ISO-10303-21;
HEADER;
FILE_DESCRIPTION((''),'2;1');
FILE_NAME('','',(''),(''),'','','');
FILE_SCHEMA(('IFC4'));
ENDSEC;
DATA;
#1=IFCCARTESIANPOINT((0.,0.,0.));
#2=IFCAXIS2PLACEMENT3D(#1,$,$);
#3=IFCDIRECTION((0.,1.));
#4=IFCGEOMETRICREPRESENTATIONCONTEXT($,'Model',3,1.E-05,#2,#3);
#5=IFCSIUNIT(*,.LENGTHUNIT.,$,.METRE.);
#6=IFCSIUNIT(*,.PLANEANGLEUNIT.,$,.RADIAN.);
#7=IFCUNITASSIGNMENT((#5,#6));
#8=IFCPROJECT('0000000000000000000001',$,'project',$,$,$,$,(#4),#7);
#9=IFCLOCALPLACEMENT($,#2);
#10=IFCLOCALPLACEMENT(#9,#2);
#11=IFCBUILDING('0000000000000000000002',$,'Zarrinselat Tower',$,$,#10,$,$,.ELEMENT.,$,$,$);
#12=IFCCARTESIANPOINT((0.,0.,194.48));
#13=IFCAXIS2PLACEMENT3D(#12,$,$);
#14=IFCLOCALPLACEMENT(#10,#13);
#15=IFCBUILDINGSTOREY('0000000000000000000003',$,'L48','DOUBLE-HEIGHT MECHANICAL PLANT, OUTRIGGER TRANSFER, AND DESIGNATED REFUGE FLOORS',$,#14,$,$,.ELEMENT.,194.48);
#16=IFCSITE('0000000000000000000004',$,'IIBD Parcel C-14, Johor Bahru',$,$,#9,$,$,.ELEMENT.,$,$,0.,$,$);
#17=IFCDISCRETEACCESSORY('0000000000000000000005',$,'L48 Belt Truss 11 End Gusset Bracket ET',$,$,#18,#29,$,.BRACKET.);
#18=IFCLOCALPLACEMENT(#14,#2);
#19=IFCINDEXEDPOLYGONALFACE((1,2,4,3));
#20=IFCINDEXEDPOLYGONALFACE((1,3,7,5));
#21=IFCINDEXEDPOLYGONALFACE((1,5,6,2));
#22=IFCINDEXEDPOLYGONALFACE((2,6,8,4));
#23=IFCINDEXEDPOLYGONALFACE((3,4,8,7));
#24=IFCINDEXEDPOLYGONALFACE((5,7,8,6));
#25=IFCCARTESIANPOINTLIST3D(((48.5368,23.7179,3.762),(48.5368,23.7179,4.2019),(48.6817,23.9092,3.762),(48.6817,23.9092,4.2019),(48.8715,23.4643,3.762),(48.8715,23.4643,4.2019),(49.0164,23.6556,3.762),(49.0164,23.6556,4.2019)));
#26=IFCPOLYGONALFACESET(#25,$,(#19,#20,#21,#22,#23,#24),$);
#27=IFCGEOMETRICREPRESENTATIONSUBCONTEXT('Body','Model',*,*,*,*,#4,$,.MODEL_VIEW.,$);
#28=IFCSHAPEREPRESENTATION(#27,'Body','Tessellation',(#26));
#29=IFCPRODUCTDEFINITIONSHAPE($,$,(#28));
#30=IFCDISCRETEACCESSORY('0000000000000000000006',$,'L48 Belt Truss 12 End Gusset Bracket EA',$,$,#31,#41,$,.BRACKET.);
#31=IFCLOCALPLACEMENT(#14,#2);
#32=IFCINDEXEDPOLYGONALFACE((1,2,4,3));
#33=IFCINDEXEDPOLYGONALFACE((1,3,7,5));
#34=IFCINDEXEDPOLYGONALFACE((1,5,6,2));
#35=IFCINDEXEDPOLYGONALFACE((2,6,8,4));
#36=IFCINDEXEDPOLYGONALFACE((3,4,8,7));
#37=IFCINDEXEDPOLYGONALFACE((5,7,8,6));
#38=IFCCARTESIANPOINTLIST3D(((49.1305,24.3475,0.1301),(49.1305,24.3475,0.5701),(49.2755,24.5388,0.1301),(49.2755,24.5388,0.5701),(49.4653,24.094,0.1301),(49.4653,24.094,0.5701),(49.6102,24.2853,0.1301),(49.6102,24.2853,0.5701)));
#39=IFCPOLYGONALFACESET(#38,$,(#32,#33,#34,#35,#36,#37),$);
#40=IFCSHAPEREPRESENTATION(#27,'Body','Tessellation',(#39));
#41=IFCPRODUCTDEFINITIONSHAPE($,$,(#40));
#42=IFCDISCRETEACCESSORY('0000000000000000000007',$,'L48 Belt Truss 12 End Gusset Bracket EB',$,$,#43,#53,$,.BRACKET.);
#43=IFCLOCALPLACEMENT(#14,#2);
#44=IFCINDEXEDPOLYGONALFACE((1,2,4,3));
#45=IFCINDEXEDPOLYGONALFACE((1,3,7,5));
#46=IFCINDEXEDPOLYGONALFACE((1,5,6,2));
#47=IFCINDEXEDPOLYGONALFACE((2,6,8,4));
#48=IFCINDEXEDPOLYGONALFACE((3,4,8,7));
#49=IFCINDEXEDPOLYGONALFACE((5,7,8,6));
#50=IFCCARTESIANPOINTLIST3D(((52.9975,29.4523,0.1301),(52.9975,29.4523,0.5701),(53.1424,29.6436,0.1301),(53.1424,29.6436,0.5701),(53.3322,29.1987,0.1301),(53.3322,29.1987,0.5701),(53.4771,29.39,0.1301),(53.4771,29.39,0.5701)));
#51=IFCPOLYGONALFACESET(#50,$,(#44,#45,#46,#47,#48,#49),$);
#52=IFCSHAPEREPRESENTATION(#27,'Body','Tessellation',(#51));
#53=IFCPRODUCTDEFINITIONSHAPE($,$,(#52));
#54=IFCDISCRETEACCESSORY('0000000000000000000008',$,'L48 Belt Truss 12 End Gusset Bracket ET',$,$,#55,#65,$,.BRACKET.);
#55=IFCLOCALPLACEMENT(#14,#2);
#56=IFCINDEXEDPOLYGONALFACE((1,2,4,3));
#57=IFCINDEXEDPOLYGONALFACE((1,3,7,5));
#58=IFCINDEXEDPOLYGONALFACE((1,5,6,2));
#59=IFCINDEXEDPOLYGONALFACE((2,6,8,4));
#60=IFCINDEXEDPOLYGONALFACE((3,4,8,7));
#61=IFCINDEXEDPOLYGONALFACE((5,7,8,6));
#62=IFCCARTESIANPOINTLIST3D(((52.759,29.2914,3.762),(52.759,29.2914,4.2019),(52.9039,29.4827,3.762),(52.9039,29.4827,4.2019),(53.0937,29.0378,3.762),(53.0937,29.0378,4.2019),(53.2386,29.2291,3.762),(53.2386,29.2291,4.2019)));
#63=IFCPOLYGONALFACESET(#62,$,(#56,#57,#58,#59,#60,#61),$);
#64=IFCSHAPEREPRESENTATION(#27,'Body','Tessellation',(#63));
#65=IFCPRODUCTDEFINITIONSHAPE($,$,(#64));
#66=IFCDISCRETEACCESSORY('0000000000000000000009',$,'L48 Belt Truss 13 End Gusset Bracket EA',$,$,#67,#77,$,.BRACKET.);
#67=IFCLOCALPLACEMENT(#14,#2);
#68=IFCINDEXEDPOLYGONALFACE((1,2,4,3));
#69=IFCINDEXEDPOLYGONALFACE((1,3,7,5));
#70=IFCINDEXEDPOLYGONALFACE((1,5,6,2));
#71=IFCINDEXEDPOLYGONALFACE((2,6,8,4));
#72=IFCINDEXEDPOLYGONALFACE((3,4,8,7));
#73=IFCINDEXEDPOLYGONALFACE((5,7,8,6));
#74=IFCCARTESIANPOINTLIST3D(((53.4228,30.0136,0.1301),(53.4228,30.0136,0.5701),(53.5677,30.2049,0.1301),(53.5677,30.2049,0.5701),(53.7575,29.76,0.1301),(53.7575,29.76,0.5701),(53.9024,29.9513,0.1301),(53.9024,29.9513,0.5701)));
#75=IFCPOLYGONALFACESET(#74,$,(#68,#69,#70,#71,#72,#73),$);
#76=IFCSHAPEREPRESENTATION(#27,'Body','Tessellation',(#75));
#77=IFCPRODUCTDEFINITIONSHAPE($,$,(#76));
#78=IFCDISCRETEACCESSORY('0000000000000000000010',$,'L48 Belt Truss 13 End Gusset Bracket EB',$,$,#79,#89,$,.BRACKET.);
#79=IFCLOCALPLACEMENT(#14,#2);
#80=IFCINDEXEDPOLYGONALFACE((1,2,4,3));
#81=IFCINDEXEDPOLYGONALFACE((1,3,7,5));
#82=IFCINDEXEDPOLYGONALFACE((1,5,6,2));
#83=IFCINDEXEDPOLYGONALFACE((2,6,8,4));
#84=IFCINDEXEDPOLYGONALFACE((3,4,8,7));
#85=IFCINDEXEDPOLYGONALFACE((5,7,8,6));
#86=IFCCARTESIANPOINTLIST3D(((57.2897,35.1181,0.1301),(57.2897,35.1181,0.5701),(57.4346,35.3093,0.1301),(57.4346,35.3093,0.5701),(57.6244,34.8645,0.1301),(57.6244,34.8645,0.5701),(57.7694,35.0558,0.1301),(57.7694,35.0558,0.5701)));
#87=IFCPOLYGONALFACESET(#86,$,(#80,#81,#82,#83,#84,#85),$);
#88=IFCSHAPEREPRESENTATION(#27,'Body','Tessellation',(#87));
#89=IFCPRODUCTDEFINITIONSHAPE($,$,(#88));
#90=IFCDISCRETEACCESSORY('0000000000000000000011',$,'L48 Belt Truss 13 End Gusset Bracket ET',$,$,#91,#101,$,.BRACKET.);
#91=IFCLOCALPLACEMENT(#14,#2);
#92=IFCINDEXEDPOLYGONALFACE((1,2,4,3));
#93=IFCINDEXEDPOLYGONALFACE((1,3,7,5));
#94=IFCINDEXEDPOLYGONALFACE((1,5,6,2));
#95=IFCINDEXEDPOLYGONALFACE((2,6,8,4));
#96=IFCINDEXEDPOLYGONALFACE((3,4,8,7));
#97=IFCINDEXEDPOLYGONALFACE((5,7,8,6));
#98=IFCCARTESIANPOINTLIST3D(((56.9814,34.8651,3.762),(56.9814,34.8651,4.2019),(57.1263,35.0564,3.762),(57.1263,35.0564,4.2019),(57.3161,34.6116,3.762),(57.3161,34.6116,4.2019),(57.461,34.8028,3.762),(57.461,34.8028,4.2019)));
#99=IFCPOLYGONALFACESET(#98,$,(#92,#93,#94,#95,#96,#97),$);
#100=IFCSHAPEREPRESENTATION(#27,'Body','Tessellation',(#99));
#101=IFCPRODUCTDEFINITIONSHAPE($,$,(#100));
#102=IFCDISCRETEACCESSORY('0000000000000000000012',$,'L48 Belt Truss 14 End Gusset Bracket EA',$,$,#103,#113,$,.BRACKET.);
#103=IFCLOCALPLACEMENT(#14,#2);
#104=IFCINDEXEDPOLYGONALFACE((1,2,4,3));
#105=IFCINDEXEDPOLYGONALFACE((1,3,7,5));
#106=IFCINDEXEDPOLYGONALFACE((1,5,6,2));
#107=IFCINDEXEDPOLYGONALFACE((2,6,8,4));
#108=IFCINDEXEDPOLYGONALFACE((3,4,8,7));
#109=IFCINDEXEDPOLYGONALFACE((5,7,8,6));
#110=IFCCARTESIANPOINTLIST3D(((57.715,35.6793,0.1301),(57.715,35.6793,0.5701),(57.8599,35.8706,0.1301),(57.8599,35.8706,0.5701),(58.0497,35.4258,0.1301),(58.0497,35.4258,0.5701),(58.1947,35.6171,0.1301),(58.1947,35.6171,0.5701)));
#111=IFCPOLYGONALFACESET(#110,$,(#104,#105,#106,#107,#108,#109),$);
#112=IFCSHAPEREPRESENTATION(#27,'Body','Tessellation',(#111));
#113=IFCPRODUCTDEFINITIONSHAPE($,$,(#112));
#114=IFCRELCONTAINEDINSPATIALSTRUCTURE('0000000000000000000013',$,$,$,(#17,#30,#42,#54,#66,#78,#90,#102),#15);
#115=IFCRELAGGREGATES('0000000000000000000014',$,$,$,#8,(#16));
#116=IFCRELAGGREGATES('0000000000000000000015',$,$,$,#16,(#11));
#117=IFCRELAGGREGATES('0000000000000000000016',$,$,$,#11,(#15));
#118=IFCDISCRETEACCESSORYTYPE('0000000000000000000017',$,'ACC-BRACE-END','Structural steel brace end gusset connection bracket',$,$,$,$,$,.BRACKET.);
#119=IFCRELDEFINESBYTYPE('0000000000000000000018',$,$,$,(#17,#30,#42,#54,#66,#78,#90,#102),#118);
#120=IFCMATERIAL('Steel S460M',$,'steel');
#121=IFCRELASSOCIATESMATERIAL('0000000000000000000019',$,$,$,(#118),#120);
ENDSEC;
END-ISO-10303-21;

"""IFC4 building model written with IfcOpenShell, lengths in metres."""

from ifc_helpers import new_model, si_unit, direction, frame, origin, origin_2d, place, context, subcontext, project, spatial, rectangle, extrude, material, type_object, element, save


model = new_model("IFC4")

# Units and contexts
model_context = context("Model", 3, precision=1e-05, world=origin(), true_north=direction((0.0, 1.0)))
body_context = subcontext(model_context, "Body", "Model", "MODEL_VIEW")
ifc_project = project(units=[si_unit("LENGTHUNIT", "METRE"), si_unit("PLANEANGLEUNIT", "RADIAN")], contexts=[model_context])

# Site, building, storey
site_placement = place(None, origin())
site = spatial("IfcSite", under=ifc_project, at=site_placement, Name="IIBD Parcel C-14, Johor Bahru", CompositionType="ELEMENT", RefElevation=0.0)
building_placement = place(site_placement, origin())
building = spatial("IfcBuilding", under=site, at=building_placement, Name="Zarrinselat Tower", CompositionType="ELEMENT")
storey_placement = place(building_placement, frame((0.0, 0.0, 194.48)))
storey = spatial("IfcBuildingStorey", under=building, at=storey_placement, Name="L48", Description="DOUBLE-HEIGHT MECHANICAL PLANT, OUTRIGGER TRANSFER, AND DESIGNATED REFUGE FLOORS", CompositionType="ELEMENT", Elevation=194.48)

# Discrete accessories
ifc_material_1 = material(Name="Steel S460M", Category="steel")
discrete_accessory_type = type_object("IfcDiscreteAccessoryType", Name="ACC-BRACE-END", Description="Structural steel brace end gusset connection bracket", PredefinedType="BRACKET", material=ifc_material_1)
for number, where, z_axis, x_axis, name in (
    (1, (48.7766, 23.6868, 3.762), (0.0, 0.0, 1.0), (0.603856, 0.797093, 0.0), "L48 Belt Truss 11 End Gusset Bracket ET"),
    (2, (49.3704, 24.3164, 0.1301), (0.0, 0.0, 1.0), (0.603856, 0.797093, 0.0), "L48 Belt Truss 12 End Gusset Bracket EA"),
    (3, (53.2373, 29.4211, 0.1301), (0.0, 0.0, 1.0), (0.603856, 0.797093, 0.0), "L48 Belt Truss 12 End Gusset Bracket EB"),
    (4, (52.9988, 29.2603, 3.762), (0.0, 0.0, 1.0), (0.603856, 0.797093, 0.0), "L48 Belt Truss 12 End Gusset Bracket ET"),
    (5, (53.6626, 29.9824, 0.1301), (0.0, 0.0, 1.0), (0.603856, 0.797093, 0.0), "L48 Belt Truss 13 End Gusset Bracket EA"),
    (6, (57.5295, 35.0869, 0.1301), (0.0, 0.0, 1.0), (0.603856, 0.797093, 0.0), "L48 Belt Truss 13 End Gusset Bracket EB"),
    (7, (57.2212, 34.834, 3.762), (0.0, 0.0, 1.0), (0.603856, 0.797093, 0.0), "L48 Belt Truss 13 End Gusset Bracket ET"),
    (8, (57.9548, 35.6482, 0.1301), (0.0, 0.0, 1.0), (0.603856, 0.797093, 0.0), "L48 Belt Truss 14 End Gusset Bracket EA"),
):
    element("IfcDiscreteAccessory", number, at=place(storey_placement, frame(where, z_axis=z_axis, x_axis=x_axis)), inside=storey, type_object=discrete_accessory_type, Name=name, PredefinedType="BRACKET", context=body_context, shape_type="SweptSolid", body=[
        extrude(rectangle(XDim=0.24, YDim=0.4199, at=origin_2d()), origin(), (0.0, 0.0, 1.0), 0.4399),
    ])

save(model, "model.ifc")
